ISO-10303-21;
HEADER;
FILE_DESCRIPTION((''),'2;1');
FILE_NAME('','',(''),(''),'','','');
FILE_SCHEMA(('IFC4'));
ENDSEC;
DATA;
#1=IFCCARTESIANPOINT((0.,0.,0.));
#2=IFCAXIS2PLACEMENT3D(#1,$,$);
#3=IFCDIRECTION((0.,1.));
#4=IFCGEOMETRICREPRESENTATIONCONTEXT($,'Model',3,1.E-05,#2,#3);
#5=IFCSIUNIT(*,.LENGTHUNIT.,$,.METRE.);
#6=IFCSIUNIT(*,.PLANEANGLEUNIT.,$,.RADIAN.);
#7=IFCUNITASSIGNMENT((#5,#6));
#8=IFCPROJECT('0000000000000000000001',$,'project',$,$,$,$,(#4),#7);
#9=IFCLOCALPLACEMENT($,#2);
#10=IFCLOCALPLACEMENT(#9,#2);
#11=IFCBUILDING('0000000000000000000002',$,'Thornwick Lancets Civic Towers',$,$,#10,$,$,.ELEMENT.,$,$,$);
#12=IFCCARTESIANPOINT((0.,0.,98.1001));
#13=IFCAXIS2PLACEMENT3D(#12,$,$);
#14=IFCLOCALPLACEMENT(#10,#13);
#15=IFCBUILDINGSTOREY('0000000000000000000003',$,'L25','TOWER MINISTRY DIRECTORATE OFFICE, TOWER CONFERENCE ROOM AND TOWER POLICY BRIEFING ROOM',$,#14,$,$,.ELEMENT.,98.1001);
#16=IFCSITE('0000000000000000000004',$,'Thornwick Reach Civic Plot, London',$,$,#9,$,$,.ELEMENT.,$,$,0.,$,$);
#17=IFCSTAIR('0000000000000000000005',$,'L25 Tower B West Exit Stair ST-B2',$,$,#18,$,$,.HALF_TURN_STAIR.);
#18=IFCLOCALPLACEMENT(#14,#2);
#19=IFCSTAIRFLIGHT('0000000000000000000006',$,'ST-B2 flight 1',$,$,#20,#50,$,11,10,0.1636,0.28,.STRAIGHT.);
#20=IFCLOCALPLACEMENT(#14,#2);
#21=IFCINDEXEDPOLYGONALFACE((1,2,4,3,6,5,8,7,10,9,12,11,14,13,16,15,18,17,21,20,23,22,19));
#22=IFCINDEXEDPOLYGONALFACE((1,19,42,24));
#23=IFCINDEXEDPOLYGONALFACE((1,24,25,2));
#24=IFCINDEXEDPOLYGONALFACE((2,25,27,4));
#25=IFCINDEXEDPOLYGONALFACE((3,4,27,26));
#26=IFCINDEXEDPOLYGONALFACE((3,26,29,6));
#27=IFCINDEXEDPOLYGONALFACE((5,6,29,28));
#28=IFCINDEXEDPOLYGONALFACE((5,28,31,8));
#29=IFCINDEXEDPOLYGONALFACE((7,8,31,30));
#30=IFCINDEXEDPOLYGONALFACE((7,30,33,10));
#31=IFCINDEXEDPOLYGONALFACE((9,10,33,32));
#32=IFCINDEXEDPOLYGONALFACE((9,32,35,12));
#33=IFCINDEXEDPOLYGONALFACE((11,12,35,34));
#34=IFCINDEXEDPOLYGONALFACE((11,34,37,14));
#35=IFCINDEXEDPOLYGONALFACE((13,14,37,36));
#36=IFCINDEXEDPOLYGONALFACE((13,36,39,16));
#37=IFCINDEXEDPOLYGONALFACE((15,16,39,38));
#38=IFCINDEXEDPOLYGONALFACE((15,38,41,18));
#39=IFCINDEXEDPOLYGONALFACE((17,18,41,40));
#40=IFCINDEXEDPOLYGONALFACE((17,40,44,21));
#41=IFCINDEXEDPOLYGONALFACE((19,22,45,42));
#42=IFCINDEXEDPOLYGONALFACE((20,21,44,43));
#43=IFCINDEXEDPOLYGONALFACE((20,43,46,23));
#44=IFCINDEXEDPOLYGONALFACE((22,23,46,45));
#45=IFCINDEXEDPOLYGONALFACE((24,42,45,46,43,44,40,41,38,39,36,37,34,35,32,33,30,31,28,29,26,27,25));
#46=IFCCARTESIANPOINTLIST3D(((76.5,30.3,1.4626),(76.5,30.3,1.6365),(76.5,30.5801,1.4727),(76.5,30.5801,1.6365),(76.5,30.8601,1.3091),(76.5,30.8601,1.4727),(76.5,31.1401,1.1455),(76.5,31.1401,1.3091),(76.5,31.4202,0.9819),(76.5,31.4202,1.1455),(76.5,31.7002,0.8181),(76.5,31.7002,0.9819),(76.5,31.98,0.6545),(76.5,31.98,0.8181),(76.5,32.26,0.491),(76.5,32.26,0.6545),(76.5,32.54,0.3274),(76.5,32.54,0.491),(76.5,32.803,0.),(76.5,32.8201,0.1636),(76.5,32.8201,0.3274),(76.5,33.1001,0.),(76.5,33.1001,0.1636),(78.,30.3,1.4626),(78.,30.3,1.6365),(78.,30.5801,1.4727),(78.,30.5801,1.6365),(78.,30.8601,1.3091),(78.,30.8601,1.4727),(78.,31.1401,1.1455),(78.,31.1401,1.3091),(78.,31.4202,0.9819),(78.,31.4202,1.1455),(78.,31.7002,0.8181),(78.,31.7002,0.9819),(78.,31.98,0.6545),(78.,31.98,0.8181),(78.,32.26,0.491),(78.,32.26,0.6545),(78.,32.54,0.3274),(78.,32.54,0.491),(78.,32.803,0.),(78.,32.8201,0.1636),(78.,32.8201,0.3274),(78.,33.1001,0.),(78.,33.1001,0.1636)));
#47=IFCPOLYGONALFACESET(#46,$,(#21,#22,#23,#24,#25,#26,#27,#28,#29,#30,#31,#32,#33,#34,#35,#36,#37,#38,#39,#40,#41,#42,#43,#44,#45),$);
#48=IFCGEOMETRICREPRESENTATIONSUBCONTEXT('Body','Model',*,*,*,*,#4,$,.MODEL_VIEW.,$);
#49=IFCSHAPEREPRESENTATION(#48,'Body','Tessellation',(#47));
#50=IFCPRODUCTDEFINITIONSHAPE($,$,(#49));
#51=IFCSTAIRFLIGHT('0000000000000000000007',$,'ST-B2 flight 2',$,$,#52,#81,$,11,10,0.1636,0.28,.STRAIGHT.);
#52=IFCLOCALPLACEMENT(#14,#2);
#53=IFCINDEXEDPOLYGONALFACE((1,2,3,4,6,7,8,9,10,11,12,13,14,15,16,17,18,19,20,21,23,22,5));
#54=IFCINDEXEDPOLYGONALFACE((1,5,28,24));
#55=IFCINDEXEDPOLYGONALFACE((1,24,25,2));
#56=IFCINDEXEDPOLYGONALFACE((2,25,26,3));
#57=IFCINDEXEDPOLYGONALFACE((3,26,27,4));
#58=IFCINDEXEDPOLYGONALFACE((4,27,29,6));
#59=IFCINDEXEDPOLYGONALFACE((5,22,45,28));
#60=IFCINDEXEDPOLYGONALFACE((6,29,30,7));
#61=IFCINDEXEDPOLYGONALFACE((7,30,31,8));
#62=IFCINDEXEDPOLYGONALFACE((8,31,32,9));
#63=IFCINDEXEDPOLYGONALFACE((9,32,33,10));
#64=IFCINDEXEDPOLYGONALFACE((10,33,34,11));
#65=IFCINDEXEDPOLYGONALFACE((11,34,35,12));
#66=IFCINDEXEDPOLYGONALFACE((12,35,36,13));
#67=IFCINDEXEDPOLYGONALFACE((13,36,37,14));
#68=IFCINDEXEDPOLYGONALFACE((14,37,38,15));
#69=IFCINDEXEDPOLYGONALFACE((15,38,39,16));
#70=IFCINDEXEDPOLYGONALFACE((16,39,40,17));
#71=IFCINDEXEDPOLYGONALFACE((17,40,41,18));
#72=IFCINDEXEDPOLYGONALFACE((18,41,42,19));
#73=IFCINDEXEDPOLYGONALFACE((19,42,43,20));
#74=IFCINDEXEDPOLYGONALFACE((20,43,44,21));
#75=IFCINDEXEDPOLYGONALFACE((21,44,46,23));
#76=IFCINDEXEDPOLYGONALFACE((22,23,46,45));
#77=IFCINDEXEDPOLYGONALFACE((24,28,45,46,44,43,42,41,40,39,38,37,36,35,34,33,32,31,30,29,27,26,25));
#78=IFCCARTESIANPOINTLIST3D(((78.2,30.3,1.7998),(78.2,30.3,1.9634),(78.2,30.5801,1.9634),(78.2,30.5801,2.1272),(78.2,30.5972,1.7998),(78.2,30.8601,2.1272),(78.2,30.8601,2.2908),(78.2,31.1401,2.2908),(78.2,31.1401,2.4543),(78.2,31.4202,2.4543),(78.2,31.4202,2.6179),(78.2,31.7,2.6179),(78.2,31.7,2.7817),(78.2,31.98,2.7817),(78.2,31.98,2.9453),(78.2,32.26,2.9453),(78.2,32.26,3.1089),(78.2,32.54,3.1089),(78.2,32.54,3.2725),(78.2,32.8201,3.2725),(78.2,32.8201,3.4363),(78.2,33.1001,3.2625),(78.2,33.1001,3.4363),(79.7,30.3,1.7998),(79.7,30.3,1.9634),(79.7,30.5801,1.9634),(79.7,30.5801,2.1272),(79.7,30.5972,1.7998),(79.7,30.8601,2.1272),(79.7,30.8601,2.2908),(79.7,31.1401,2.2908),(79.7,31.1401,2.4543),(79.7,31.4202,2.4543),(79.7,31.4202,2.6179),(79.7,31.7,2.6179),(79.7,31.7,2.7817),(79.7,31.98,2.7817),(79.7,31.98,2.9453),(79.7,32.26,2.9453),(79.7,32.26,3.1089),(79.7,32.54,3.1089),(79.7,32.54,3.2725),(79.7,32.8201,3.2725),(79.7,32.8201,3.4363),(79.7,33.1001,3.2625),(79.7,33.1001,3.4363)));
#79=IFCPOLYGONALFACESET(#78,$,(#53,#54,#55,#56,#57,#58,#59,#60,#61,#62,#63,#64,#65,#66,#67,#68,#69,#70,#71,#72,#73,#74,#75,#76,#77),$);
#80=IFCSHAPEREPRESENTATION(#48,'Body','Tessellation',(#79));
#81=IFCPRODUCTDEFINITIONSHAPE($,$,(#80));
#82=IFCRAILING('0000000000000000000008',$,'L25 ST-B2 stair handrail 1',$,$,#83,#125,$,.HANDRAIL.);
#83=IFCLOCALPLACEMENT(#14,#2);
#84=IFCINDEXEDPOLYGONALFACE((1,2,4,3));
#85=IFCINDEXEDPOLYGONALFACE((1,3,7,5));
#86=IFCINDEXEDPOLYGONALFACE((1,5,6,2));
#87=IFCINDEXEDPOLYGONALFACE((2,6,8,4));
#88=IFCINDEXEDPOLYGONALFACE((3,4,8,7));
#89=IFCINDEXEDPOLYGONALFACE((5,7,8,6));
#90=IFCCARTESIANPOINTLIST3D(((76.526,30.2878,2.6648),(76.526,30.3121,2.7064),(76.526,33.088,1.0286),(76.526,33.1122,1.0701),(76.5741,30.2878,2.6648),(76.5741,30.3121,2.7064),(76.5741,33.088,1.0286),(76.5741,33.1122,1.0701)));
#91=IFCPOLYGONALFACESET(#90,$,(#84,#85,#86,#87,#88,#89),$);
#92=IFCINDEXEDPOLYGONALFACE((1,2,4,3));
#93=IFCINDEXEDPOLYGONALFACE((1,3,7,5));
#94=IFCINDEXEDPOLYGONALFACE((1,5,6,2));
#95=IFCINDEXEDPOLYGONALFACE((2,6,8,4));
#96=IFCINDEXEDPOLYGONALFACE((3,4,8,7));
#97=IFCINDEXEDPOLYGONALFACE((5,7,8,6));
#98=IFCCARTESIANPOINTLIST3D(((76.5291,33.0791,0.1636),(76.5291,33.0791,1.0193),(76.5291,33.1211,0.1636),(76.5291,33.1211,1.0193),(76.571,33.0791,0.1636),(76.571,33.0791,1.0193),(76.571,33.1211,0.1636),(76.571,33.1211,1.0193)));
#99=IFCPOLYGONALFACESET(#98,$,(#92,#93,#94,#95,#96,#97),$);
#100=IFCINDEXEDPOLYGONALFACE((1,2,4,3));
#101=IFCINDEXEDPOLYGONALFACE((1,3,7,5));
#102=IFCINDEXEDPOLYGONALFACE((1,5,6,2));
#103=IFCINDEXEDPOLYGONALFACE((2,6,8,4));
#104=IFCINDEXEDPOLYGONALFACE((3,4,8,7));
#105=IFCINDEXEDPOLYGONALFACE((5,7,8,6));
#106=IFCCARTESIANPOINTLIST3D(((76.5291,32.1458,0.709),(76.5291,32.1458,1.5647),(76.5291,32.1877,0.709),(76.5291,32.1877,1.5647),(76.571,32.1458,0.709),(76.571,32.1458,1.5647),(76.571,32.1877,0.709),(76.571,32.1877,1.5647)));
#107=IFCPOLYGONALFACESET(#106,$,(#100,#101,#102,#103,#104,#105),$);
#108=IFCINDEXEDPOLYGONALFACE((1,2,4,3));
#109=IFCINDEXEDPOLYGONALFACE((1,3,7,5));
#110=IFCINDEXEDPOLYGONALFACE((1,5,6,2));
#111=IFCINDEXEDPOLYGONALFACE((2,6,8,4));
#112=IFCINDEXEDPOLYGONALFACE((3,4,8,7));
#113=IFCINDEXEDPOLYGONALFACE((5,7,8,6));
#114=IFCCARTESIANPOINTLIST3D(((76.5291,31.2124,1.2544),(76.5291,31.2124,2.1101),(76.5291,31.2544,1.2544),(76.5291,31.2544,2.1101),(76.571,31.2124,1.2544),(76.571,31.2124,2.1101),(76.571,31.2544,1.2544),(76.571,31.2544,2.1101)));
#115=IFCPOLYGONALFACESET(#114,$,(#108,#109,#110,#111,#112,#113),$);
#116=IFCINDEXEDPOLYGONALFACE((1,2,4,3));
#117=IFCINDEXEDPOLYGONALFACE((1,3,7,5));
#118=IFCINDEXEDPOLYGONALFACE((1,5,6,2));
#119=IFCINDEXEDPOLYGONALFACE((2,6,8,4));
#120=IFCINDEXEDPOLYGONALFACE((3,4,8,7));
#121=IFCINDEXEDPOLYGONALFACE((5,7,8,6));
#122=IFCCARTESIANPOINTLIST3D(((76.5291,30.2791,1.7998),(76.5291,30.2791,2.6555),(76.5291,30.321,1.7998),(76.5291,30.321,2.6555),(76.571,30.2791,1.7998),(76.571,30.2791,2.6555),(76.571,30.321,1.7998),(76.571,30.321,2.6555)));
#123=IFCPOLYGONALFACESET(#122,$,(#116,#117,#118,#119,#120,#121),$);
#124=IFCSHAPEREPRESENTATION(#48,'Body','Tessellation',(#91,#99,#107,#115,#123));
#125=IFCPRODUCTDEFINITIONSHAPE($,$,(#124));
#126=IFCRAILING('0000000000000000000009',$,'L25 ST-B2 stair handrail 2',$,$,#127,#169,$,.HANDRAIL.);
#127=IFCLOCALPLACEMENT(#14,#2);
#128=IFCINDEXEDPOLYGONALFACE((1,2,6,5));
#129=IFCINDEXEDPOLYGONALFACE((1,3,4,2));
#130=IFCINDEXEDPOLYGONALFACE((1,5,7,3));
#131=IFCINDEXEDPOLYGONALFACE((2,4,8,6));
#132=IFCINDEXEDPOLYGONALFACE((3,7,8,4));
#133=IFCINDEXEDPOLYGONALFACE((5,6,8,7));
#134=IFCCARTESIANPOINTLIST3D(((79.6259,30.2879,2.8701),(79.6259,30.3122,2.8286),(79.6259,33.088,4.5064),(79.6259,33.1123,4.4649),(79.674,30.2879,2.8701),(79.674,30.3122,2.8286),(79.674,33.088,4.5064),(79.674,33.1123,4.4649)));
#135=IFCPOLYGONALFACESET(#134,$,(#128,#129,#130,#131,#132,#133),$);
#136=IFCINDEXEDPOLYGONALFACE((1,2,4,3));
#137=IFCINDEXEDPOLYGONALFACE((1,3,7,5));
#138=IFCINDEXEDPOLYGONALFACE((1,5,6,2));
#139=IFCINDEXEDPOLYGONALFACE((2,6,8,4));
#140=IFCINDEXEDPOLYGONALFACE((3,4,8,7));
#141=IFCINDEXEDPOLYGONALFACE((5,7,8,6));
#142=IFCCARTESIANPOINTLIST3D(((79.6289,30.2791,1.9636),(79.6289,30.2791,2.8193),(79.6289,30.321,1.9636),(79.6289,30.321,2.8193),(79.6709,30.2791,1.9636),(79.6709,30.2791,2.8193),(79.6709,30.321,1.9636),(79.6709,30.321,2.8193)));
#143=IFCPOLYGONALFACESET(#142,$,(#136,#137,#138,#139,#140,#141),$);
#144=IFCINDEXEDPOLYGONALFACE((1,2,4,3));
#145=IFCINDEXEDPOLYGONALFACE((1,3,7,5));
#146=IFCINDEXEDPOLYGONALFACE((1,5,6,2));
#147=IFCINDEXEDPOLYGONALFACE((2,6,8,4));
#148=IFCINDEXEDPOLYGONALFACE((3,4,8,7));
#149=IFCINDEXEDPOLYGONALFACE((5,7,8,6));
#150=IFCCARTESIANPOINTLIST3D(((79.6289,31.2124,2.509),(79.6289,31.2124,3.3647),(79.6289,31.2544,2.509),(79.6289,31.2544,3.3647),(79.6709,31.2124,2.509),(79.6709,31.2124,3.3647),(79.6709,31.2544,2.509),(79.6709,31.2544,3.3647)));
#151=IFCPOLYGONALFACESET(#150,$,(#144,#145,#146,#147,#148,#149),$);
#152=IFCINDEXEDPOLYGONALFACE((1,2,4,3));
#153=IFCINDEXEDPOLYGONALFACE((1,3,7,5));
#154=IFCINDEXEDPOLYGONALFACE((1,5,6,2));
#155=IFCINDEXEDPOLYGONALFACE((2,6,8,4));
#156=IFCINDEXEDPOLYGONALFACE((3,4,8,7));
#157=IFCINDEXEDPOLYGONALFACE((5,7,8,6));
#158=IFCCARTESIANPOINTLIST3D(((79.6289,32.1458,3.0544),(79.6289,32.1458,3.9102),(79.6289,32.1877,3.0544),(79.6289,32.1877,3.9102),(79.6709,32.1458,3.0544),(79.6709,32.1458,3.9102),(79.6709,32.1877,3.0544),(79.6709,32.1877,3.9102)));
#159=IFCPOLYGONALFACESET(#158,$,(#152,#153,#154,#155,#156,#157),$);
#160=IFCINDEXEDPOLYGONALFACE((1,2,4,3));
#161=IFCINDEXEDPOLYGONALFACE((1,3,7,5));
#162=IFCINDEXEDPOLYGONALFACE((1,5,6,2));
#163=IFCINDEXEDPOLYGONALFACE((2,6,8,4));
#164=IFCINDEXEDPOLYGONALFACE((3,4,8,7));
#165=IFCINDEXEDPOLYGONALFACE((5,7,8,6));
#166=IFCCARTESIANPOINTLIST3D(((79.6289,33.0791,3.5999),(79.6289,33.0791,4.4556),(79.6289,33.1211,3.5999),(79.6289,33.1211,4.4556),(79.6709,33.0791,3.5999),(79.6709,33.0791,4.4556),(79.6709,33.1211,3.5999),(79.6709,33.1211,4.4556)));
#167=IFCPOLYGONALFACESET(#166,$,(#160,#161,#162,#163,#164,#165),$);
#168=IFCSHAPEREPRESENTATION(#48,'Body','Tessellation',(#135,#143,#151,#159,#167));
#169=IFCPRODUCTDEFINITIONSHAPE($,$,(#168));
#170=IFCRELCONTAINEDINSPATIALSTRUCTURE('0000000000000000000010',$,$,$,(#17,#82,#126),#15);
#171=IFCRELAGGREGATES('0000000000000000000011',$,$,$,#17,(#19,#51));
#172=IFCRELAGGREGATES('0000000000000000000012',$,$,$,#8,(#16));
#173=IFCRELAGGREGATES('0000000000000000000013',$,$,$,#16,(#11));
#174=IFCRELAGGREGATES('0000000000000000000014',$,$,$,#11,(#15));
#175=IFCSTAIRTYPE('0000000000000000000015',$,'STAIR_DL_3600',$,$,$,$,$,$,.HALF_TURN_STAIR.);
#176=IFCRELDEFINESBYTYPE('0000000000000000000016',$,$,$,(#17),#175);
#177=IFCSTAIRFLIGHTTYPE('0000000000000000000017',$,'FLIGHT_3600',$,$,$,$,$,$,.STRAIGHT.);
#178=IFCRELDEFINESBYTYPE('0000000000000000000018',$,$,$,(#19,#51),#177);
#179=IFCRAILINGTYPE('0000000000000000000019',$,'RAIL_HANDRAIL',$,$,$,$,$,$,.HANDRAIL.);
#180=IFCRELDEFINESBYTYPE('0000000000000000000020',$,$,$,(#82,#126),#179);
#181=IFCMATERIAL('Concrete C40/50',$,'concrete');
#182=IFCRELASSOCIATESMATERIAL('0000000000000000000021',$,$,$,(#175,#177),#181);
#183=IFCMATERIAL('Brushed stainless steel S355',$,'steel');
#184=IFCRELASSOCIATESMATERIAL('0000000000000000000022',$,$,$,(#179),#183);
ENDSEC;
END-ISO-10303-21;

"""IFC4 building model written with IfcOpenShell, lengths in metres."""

from ifc_helpers import new_model, si_unit, direction, frame, origin, origin_2d, place, context, subcontext, project, spatial, polyline, rectangle, outline, extrude, material, type_object, element, aggregate, save


model = new_model("IFC4")

# Units and contexts
model_context = context("Model", 3, precision=1e-05, world=origin(), true_north=direction((0.0, 1.0)))
body_context = subcontext(model_context, "Body", "Model", "MODEL_VIEW")
ifc_project = project(units=[si_unit("LENGTHUNIT", "METRE"), si_unit("PLANEANGLEUNIT", "RADIAN")], contexts=[model_context])

# Site, building, storey
site_placement = place(None, origin())
site = spatial("IfcSite", under=ifc_project, at=site_placement, Name="Thornwick Reach Civic Plot, London", CompositionType="ELEMENT", RefElevation=0.0)
building_placement = place(site_placement, origin())
building = spatial("IfcBuilding", under=site, at=building_placement, Name="Thornwick Lancets Civic Towers", CompositionType="ELEMENT")
storey_placement = place(building_placement, frame((0.0, 0.0, 98.1001)))
storey = spatial("IfcBuildingStorey", under=building, at=storey_placement, Name="L25", Description="TOWER MINISTRY DIRECTORATE OFFICE, TOWER CONFERENCE ROOM AND TOWER POLICY BRIEFING ROOM", CompositionType="ELEMENT", Elevation=98.1001)

# Shared definitions
ifc_material_1 = material(Name="Concrete C40/50", Category="concrete")

# Stair, stair flights
stair_type = type_object("IfcStairType", Name="STAIR_DL_3600", PredefinedType="HALF_TURN_STAIR", material=ifc_material_1)
stair_placement = place(storey_placement, origin())
stair = element("IfcStair", 1, at=stair_placement, inside=storey, type_object=stair_type, Name="L25 Tower B West Exit Stair ST-B2", PredefinedType="HALF_TURN_STAIR")
stair_flight_type = type_object("IfcStairFlightType", Name="FLIGHT_3600", PredefinedType="STRAIGHT", material=ifc_material_1)
stair_flight_1_placement = place(storey_placement, frame((77.25, 33.1001, 0.0), z_axis=(0.0, 0.0, 1.0), x_axis=(0.0, -1.0, 0.0)))
stair_flight_1 = element("IfcStairFlight", 2, at=stair_flight_1_placement, type_object=stair_flight_type, Name="ST-B2 flight 1", NumberOfRisers=11, NumberOfTreads=10, PredefinedType="STRAIGHT", RiserHeight=0.1636, TreadLength=0.28, context=body_context, shape_type="SweptSolid", body=[
    extrude(outline(polyline([(0.0, 0.0), (0.0, 0.1636), (0.28, 0.1636), (0.28, 0.3274), (0.5601, 0.3274), (0.5601, 0.491), (0.8401, 0.491), (0.8401, 0.6545), (1.1201, 0.6545), (1.1201, 0.8181), (1.3999, 0.8181), (1.3999, 0.9819), (1.6799, 0.9819), (1.6799, 1.1455), (1.96, 1.1455), (1.96, 1.3091), (2.24, 1.3091), (2.24, 1.4727), (2.52, 1.4727), (2.52, 1.6365), (2.8, 1.6365), (2.8, 1.8), (2.8, 1.4626), (0.2971, 0.0), (0.0, 0.0)])), frame((0.0, 0.75, 0.0), z_axis=(0.0, -1.0, 0.0), x_axis=(1.0, 0.0, 0.0)), (0.0, 0.0, 1.0), 1.5),
])
stair_flight_2_placement = place(storey_placement, frame((78.95, 30.3, 1.7998), z_axis=(0.0, 0.0, 1.0), x_axis=(0.0, 1.0, 0.0)))
stair_flight_2 = element("IfcStairFlight", 3, at=stair_flight_2_placement, type_object=stair_flight_type, Name="ST-B2 flight 2", NumberOfRisers=11, NumberOfTreads=10, PredefinedType="STRAIGHT", RiserHeight=0.1636, TreadLength=0.28, context=body_context, shape_type="SweptSolid", body=[
    extrude(outline(polyline([(0.0, 0.0), (0.0, 0.1636), (0.28, 0.1636), (0.28, 0.3274), (0.5601, 0.3274), (0.5601, 0.491), (0.8401, 0.491), (0.8401, 0.6545), (1.1201, 0.6545), (1.1201, 0.8181), (1.3999, 0.8181), (1.3999, 0.9819), (1.6799, 0.9819), (1.6799, 1.1455), (1.96, 1.1455), (1.96, 1.3091), (2.24, 1.3091), (2.24, 1.4727), (2.52, 1.4727), (2.52, 1.6365), (2.8, 1.6365), (2.8, 1.8), (2.8, 1.4626), (0.2971, 0.0), (0.0, 0.0)])), frame((0.0, 0.75, 0.0), z_axis=(0.0, -1.0, 0.0), x_axis=(1.0, 0.0, 0.0)), (0.0, 0.0, 1.0), 1.5),
])
aggregate(stair, [stair_flight_1, stair_flight_2])

# Railings
ifc_material_2 = material(Name="Brushed stainless steel S355", Category="steel")
railing_type_1 = type_object("IfcRailingType", Name="RAIL_HANDRAIL", PredefinedType="HANDRAIL", material=ifc_material_2)
railing_1_placement = place(storey_placement, frame((76.55, 33.1001, 0.1636)))
element("IfcRailing", 4, at=railing_1_placement, inside=storey, type_object=railing_type_1, Name="L25 ST-B2 stair handrail 1", PredefinedType="HANDRAIL", context=body_context, shape_type="SweptSolid", body=[
    extrude(rectangle(XDim=0.0481, YDim=0.0481, at=origin_2d()), frame((0.0, 0.0, 0.8857), z_axis=(0.0, -0.863394, 0.504531), x_axis=(1.0, 0.0, 0.0)), (0.0, 0.0, 1.0), 3.2432),
    extrude(rectangle(XDim=0.042, YDim=0.042, at=origin_2d()), origin(), (0.0, 0.0, 1.0), 0.8557),
    extrude(rectangle(XDim=0.042, YDim=0.042, at=origin_2d()), frame((0.0, -0.9333, 0.5454)), (0.0, 0.0, 1.0), 0.8557),
    extrude(rectangle(XDim=0.042, YDim=0.042, at=origin_2d()), frame((0.0, -1.8667, 1.0908)), (0.0, 0.0, 1.0), 0.8557),
    extrude(rectangle(XDim=0.042, YDim=0.042, at=origin_2d()), frame((0.0, -2.8, 1.6362)), (0.0, 0.0, 1.0), 0.8557),
])
railing_2_placement = place(storey_placement, frame((79.6499, 30.3, 1.9636)))
element("IfcRailing", 5, at=railing_2_placement, inside=storey, type_object=railing_type_1, Name="L25 ST-B2 stair handrail 2", PredefinedType="HANDRAIL", context=body_context, shape_type="SweptSolid", body=[
    extrude(rectangle(XDim=0.0481, YDim=0.0481, at=origin_2d()), frame((0.0, 0.0, 0.8857), z_axis=(0.0, 0.863394, 0.504531), x_axis=(-1.0, 0.0, 0.0)), (0.0, 0.0, 1.0), 3.2432),
    extrude(rectangle(XDim=0.042, YDim=0.042, at=origin_2d()), origin(), (0.0, 0.0, 1.0), 0.8557),
    extrude(rectangle(XDim=0.042, YDim=0.042, at=origin_2d()), frame((0.0, 0.9333, 0.5454)), (0.0, 0.0, 1.0), 0.8557),
    extrude(rectangle(XDim=0.042, YDim=0.042, at=origin_2d()), frame((0.0, 1.8667, 1.0908)), (0.0, 0.0, 1.0), 0.8557),
    extrude(rectangle(XDim=0.042, YDim=0.042, at=origin_2d()), frame((0.0, 2.8, 1.6362)), (0.0, 0.0, 1.0), 0.8557),
])

save(model, "model.ifc")
